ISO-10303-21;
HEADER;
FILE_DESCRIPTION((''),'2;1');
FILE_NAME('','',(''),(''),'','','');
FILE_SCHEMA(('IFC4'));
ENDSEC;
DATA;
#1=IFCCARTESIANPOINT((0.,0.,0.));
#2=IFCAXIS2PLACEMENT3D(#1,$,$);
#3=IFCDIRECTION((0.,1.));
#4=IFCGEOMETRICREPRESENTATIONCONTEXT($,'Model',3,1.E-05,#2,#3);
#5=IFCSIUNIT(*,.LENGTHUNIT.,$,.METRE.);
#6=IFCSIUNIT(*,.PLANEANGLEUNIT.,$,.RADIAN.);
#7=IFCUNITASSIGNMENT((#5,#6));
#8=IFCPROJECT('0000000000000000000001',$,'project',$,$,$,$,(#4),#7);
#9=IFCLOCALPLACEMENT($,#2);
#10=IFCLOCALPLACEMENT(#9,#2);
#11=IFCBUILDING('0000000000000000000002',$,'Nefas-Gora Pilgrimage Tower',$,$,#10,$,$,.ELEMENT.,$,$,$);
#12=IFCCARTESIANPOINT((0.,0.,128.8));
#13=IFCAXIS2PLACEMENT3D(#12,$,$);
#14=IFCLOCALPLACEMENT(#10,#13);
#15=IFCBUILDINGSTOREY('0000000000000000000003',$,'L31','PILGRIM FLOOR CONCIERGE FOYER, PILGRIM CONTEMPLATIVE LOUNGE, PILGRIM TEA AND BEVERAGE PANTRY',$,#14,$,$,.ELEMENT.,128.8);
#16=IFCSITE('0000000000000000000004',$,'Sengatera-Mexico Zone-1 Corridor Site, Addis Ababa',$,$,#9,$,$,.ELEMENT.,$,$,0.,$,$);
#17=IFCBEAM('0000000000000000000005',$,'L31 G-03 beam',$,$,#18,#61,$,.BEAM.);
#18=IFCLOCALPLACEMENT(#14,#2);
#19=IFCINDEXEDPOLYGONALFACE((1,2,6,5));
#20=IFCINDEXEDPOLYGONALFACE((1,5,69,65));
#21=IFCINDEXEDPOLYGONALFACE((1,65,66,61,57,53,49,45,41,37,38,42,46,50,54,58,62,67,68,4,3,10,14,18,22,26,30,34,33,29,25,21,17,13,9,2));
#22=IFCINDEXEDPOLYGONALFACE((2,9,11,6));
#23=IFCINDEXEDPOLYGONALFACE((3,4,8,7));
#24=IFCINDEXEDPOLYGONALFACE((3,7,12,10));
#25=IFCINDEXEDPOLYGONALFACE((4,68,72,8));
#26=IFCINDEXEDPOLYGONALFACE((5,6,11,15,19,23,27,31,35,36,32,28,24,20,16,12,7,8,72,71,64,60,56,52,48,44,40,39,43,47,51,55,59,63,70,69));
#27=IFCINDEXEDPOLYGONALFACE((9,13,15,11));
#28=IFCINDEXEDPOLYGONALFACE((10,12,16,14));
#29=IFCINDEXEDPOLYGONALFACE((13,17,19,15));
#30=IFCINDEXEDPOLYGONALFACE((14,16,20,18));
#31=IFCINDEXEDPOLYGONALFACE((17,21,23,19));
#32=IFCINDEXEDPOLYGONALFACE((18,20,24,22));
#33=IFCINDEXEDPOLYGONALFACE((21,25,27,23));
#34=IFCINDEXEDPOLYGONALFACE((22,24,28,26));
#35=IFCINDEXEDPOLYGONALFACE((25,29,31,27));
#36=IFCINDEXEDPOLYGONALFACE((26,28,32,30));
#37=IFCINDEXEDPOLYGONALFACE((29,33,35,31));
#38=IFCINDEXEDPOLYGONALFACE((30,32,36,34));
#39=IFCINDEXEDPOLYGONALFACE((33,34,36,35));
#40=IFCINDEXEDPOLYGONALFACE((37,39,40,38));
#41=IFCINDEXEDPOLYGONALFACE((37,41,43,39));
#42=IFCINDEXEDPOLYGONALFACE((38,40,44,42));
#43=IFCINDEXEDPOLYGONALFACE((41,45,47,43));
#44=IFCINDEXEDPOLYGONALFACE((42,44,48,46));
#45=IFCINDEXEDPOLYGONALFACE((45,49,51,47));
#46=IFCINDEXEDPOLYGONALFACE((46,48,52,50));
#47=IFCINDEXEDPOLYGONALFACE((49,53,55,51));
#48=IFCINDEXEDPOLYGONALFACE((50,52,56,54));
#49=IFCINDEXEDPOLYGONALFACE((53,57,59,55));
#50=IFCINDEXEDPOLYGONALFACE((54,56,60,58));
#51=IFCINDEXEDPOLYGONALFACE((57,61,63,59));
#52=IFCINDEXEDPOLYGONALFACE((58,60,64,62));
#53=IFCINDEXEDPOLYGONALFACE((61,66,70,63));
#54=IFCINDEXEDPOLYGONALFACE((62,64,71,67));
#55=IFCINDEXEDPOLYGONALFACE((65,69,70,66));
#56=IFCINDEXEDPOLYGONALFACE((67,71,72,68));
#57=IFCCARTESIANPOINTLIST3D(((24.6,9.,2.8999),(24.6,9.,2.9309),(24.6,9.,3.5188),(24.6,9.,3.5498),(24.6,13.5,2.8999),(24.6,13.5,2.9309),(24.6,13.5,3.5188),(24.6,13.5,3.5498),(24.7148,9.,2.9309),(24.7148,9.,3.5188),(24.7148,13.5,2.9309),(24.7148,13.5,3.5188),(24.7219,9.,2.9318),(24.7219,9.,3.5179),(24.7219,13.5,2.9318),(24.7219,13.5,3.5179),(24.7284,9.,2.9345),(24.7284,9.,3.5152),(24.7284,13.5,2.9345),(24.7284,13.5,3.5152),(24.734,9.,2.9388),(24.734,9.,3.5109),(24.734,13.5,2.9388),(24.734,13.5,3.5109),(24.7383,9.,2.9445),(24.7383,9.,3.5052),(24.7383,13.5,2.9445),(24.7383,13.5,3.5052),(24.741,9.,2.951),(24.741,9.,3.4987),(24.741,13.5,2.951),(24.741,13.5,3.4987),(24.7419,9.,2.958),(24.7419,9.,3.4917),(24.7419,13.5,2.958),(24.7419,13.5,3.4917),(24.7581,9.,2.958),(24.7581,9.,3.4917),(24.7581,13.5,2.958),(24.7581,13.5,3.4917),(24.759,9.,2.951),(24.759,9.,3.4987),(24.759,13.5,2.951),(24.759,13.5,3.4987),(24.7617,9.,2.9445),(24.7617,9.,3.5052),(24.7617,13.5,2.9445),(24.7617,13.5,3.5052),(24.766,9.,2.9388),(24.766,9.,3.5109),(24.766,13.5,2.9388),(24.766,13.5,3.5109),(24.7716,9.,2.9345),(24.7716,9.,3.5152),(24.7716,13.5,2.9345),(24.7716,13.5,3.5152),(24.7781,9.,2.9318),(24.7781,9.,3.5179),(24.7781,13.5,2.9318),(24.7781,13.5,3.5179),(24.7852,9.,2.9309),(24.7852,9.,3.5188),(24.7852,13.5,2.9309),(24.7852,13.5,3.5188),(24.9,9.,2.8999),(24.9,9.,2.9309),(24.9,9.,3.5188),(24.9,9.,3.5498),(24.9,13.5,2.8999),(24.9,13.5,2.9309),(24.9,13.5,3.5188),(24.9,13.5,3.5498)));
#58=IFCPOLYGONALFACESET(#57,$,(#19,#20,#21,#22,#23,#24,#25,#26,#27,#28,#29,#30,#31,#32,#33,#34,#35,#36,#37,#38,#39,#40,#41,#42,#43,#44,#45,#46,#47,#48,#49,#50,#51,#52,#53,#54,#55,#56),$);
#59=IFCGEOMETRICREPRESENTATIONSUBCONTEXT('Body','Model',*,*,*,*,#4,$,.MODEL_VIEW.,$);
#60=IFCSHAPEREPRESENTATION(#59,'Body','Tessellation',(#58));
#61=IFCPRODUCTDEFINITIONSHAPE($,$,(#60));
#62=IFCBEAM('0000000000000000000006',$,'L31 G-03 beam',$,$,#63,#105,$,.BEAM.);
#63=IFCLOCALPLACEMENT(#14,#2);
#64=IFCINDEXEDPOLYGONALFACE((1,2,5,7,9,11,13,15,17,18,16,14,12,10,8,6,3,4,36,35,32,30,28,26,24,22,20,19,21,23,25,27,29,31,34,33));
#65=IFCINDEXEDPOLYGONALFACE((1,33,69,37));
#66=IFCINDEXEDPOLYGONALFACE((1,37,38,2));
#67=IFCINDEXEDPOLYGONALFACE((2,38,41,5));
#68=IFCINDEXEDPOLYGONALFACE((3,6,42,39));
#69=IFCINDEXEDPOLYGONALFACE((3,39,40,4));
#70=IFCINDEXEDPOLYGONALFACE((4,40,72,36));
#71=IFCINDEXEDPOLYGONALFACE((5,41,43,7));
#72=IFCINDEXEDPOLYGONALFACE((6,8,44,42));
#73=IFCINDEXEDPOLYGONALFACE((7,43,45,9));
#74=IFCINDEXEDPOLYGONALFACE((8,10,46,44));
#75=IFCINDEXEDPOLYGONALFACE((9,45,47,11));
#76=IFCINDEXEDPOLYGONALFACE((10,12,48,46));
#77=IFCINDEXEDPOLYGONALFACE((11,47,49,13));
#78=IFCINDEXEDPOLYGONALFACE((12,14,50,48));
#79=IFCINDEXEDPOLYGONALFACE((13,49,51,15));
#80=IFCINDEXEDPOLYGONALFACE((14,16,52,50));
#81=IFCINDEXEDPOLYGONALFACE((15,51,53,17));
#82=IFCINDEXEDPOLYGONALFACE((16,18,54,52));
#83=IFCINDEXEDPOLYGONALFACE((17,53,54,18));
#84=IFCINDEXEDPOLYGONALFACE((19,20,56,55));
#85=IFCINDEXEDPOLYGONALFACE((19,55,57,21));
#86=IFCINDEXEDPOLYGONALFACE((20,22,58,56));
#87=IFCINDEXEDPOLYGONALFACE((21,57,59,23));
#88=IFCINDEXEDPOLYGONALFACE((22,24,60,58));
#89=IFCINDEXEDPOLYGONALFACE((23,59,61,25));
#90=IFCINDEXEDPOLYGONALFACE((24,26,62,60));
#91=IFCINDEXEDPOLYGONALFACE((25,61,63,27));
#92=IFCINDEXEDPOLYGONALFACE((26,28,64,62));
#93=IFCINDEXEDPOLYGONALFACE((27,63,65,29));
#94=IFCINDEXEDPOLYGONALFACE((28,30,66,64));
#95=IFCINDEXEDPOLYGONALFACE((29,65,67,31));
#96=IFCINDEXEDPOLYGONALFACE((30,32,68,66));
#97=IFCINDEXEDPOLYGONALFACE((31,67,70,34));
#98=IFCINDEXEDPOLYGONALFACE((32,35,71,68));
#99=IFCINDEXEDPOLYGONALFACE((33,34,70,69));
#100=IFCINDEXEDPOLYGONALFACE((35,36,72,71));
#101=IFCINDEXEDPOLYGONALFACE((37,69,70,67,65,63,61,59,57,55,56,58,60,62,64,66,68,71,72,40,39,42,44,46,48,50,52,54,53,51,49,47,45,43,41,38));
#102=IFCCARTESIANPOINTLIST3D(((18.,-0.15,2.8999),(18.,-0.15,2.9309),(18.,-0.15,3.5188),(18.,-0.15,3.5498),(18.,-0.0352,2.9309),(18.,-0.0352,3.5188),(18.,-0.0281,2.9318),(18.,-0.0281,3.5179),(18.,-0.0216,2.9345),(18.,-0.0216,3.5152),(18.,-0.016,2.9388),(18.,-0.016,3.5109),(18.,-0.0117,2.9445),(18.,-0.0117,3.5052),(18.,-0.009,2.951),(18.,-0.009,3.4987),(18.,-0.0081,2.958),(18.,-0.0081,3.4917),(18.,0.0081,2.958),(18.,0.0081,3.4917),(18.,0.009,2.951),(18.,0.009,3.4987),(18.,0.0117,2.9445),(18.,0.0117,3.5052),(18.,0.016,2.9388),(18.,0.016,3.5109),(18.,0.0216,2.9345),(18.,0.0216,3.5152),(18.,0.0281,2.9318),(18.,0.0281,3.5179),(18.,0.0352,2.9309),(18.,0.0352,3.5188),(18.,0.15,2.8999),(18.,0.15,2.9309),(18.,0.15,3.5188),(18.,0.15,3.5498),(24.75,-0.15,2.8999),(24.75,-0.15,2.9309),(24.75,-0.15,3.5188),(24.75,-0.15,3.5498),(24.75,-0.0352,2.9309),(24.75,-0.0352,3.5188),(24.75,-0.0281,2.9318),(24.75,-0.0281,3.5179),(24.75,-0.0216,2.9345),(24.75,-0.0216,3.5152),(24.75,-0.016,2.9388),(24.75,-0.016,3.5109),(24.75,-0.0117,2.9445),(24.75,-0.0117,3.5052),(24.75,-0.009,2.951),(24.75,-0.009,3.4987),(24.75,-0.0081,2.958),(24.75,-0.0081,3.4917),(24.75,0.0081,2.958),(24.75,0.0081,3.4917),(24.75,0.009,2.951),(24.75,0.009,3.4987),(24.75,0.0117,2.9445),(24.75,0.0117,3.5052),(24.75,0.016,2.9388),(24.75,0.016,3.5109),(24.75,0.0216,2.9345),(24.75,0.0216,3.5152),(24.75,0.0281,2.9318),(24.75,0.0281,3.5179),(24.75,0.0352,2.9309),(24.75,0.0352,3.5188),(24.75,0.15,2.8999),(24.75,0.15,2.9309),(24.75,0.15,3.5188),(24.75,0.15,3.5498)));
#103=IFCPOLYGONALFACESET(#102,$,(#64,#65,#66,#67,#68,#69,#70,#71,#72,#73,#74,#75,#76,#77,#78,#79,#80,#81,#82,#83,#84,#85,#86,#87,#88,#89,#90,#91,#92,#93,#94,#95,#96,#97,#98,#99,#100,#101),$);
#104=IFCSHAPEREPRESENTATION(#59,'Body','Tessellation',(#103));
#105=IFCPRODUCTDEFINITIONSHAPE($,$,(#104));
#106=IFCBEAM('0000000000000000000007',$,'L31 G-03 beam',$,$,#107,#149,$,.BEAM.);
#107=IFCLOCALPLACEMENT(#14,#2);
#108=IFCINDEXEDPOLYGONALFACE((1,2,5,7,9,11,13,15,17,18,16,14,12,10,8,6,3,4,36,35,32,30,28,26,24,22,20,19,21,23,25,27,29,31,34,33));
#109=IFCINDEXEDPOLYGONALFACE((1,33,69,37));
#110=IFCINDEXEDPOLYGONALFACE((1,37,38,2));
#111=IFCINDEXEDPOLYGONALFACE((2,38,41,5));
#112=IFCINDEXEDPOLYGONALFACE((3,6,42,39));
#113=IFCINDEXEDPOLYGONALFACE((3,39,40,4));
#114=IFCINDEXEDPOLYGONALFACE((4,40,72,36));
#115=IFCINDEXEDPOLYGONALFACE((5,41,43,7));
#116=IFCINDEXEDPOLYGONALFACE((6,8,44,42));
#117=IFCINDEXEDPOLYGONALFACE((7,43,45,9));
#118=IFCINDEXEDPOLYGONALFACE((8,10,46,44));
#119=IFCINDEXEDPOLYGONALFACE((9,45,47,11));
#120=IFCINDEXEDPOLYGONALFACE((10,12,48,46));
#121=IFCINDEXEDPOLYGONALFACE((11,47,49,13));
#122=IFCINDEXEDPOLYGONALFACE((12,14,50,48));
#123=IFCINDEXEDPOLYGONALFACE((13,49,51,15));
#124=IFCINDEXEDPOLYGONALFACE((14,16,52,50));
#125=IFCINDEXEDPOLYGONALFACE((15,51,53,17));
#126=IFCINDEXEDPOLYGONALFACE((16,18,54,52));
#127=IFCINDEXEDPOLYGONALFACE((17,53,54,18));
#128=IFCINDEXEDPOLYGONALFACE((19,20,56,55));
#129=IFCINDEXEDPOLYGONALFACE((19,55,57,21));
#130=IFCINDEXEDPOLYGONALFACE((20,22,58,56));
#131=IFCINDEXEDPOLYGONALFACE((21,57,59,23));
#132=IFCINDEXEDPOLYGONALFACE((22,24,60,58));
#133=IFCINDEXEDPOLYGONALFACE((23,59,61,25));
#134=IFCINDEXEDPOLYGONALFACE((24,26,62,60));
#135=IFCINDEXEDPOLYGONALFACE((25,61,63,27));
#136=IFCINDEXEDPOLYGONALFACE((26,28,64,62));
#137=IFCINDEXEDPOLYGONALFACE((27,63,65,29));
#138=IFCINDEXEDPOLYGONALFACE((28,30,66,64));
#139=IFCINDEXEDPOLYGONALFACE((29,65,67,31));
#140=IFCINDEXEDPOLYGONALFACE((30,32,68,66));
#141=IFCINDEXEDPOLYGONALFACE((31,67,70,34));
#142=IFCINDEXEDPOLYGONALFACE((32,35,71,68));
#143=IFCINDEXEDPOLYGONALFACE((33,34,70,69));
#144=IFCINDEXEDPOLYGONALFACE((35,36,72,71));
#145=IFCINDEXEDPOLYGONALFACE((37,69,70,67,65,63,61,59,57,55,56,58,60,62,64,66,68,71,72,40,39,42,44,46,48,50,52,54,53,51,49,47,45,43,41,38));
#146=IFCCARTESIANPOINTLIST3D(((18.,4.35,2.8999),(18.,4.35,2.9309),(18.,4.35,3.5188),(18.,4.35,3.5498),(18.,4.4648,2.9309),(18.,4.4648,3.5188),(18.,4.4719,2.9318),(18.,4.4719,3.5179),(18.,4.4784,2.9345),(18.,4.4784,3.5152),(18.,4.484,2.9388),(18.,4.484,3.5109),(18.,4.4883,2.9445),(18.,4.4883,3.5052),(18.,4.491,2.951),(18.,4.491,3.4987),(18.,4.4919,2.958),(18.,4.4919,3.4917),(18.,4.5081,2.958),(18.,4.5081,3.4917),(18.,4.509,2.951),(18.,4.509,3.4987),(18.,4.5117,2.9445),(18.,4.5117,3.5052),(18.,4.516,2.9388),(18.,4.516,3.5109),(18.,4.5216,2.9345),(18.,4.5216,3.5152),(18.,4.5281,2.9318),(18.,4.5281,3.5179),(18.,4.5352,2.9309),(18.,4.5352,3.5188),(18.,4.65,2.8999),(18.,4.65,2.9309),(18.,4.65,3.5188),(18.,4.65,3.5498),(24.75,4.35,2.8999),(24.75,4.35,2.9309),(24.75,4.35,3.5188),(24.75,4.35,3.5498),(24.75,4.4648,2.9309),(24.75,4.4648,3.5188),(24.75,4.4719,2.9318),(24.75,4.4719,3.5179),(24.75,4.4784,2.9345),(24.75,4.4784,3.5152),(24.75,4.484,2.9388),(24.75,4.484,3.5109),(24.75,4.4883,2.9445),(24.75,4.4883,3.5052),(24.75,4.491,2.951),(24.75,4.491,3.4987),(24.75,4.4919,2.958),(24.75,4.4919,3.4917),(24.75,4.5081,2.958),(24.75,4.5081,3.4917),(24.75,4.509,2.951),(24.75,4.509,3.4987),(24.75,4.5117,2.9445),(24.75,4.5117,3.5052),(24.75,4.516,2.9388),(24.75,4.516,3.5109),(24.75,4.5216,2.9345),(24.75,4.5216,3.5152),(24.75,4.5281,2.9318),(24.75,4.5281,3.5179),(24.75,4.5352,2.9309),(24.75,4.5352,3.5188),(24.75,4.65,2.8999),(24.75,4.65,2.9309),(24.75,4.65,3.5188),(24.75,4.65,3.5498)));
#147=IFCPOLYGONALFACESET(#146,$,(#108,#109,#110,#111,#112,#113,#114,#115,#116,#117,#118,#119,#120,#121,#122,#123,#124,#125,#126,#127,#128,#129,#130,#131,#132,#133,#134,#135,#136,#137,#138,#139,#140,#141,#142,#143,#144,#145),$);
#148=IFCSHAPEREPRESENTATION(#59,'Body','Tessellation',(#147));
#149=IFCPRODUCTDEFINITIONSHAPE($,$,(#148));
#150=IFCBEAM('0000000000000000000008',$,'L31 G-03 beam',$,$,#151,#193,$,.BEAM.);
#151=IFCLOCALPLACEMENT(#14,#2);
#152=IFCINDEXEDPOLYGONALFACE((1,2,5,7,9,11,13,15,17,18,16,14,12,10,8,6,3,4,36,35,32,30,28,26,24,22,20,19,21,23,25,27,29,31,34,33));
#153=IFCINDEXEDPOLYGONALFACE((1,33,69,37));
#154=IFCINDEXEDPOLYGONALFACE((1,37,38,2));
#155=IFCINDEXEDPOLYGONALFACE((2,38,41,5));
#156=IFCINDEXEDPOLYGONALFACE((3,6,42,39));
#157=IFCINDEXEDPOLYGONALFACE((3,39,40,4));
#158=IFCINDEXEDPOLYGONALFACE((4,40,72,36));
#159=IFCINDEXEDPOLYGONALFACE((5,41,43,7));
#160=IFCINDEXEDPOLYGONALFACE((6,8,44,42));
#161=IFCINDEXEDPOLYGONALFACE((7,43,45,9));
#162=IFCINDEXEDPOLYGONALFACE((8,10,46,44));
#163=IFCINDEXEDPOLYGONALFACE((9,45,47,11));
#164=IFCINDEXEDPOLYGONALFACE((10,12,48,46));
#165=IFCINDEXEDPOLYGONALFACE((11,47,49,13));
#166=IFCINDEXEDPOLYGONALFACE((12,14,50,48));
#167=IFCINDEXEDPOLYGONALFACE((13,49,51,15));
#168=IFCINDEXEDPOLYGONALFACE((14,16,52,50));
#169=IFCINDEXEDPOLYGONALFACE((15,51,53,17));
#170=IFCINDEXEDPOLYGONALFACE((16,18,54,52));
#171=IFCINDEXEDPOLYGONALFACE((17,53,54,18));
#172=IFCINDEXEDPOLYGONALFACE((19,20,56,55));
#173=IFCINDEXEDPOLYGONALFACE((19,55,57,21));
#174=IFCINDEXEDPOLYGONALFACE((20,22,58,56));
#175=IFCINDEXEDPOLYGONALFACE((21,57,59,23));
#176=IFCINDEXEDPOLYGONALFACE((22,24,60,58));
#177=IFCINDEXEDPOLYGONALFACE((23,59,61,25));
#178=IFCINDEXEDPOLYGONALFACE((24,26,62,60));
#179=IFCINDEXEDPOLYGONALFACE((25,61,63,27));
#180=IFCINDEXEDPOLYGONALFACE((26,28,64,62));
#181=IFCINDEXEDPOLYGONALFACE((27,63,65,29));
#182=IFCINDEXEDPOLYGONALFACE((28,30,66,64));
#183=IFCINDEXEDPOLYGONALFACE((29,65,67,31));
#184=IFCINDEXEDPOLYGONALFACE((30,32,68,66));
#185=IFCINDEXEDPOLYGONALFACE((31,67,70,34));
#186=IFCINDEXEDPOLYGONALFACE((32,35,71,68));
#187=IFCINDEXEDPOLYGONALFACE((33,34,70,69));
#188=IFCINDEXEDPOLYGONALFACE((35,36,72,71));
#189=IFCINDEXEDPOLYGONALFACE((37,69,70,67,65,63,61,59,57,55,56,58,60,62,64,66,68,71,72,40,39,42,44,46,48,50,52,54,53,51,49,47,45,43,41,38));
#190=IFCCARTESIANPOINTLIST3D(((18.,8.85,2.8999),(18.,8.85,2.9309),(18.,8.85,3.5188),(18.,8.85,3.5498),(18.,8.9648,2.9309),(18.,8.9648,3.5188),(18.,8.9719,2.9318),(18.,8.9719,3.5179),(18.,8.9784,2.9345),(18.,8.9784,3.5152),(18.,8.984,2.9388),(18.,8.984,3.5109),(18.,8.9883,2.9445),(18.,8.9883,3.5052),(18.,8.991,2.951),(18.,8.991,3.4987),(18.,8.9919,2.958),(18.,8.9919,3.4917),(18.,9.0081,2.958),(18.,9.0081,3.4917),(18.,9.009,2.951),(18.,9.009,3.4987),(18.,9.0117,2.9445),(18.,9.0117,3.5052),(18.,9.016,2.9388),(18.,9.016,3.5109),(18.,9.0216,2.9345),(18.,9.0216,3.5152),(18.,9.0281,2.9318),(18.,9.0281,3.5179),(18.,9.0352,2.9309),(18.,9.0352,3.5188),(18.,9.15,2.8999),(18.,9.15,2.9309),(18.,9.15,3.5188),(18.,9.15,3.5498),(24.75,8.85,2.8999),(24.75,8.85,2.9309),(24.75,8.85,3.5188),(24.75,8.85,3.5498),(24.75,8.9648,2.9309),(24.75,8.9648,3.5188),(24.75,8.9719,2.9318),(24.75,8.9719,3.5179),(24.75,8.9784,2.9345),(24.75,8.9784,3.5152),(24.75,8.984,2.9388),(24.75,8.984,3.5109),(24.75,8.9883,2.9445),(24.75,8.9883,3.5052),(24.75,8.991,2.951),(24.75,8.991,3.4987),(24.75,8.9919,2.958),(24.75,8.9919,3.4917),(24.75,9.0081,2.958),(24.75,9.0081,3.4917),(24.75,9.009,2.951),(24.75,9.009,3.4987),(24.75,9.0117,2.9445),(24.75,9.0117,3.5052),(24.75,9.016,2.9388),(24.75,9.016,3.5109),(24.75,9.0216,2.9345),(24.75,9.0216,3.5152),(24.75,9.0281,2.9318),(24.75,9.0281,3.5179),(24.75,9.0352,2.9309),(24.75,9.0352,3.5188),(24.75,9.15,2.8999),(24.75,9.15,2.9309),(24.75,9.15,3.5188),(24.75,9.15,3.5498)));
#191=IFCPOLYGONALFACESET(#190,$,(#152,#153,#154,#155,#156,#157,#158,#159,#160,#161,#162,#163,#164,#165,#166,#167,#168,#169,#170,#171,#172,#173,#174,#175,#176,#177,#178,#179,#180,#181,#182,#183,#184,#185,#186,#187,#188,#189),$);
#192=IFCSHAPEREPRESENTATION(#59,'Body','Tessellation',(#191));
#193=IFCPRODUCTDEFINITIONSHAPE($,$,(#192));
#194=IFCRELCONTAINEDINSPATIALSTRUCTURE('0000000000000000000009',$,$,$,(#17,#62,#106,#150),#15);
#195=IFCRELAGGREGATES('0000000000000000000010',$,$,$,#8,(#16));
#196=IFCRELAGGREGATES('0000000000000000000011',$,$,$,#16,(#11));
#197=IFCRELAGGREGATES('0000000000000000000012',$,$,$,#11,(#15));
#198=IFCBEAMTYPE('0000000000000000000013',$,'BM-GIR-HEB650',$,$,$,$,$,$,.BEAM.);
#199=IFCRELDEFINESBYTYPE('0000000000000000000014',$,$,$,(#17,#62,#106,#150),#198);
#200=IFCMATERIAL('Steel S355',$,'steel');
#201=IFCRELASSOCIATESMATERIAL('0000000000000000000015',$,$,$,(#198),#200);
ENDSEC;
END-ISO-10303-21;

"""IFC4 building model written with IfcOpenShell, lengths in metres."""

from ifc_helpers import new_model, si_unit, direction, frame, origin, origin_2d, place, context, subcontext, project, spatial, i_section, extrude, source, transform, mapped, material, material_profile, profile_set, type_object, element, save


model = new_model("IFC4")

# Units and contexts
model_context = context("Model", 3, precision=1e-05, world=origin(), true_north=direction((0.0, 1.0)))
body_context = subcontext(model_context, "Body", "Model", "MODEL_VIEW")
ifc_project = project(units=[si_unit("LENGTHUNIT", "METRE"), si_unit("PLANEANGLEUNIT", "RADIAN")], contexts=[model_context])

# Site, building, storey
site_placement = place(None, origin())
site = spatial("IfcSite", under=ifc_project, at=site_placement, Name="Sengatera-Mexico Zone-1 Corridor Site, Addis Ababa", CompositionType="ELEMENT", RefElevation=0.0)
building_placement = place(site_placement, origin())
building = spatial("IfcBuilding", under=site, at=building_placement, Name="Nefas-Gora Pilgrimage Tower", CompositionType="ELEMENT")
storey_placement = place(building_placement, frame((0.0, 0.0, 128.8)))
storey = spatial("IfcBuildingStorey", under=building, at=storey_placement, Name="L31", Description="PILGRIM FLOOR CONCIERGE FOYER, PILGRIM CONTEMPLATIVE LOUNGE, PILGRIM TEA AND BEVERAGE PANTRY", CompositionType="ELEMENT", Elevation=128.8)

# Beams
ifc_material_1 = material(Name="Steel S355", Category="steel")
ifc_material_profile_1 = material_profile(ifc_material_1, i_section(OverallWidth=0.3, OverallDepth=0.6499, WebThickness=0.0161, FlangeThickness=0.031, FilletRadius=0.0271, at=origin_2d()), Name="HEB 650")
ifc_profile_set_1 = profile_set([ifc_material_profile_1], Name="Steel S355")
beam_type_1 = type_object("IfcBeamType", Name="BM-GIR-HEB650", PredefinedType="BEAM", material=ifc_profile_set_1)
shared_shape_1 = source(origin(), body_context, "Body", "SweptSolid", [
    extrude(i_section(OverallWidth=0.3, OverallDepth=0.6499, WebThickness=0.0161, FlangeThickness=0.031, FilletRadius=0.0271, at=origin_2d()), origin(), (0.0, 0.0, 1.0), 4.5),
])
for number, where, z_axis, x_axis, name in (
    (1, (24.75, 9.0, 3.2249), (0.0, 1.0, 0.0), (-1.0, 0.0, 0.0), "L31 G-03 beam"),
):
    element("IfcBeam", number, at=place(storey_placement, frame(where, z_axis=z_axis, x_axis=x_axis)), inside=storey, type_object=beam_type_1, Name=name, PredefinedType="BEAM", context=body_context, shape_type="MappedRepresentation", body=[
        mapped(shared_shape_1, transform((0.0, 0.0, 0.0), x_axis=(1.0, 0.0, 0.0), y_axis=(0.0, 1.0, 0.0), z_axis=(0.0, 0.0, 1.0), scale=1.0)),
    ])
shared_shape_2 = source(origin(), body_context, "Body", "SweptSolid", [
    extrude(i_section(OverallWidth=0.3, OverallDepth=0.6499, WebThickness=0.0161, FlangeThickness=0.031, FilletRadius=0.0271, at=origin_2d()), origin(), (0.0, 0.0, 1.0), 6.75),
])
for number, where, z_axis, x_axis, name in (
    (2, (18.0, 0.0, 3.2249), (1.0, 0.0, 0.0), (0.0, 1.0, 0.0), "L31 G-03 beam"),
    (3, (18.0, 4.5, 3.2249), (1.0, 0.0, 0.0), (0.0, 1.0, 0.0), "L31 G-03 beam"),
    (4, (18.0, 9.0, 3.2249), (1.0, 0.0, 0.0), (0.0, 1.0, 0.0), "L31 G-03 beam"),
):
    element("IfcBeam", number, at=place(storey_placement, frame(where, z_axis=z_axis, x_axis=x_axis)), inside=storey, type_object=beam_type_1, Name=name, PredefinedType="BEAM", context=body_context, shape_type="MappedRepresentation", body=[
        mapped(shared_shape_2, transform((0.0, 0.0, 0.0), x_axis=(1.0, 0.0, 0.0), y_axis=(0.0, 1.0, 0.0), z_axis=(0.0, 0.0, 1.0), scale=1.0)),
    ])

save(model, "model.ifc")
